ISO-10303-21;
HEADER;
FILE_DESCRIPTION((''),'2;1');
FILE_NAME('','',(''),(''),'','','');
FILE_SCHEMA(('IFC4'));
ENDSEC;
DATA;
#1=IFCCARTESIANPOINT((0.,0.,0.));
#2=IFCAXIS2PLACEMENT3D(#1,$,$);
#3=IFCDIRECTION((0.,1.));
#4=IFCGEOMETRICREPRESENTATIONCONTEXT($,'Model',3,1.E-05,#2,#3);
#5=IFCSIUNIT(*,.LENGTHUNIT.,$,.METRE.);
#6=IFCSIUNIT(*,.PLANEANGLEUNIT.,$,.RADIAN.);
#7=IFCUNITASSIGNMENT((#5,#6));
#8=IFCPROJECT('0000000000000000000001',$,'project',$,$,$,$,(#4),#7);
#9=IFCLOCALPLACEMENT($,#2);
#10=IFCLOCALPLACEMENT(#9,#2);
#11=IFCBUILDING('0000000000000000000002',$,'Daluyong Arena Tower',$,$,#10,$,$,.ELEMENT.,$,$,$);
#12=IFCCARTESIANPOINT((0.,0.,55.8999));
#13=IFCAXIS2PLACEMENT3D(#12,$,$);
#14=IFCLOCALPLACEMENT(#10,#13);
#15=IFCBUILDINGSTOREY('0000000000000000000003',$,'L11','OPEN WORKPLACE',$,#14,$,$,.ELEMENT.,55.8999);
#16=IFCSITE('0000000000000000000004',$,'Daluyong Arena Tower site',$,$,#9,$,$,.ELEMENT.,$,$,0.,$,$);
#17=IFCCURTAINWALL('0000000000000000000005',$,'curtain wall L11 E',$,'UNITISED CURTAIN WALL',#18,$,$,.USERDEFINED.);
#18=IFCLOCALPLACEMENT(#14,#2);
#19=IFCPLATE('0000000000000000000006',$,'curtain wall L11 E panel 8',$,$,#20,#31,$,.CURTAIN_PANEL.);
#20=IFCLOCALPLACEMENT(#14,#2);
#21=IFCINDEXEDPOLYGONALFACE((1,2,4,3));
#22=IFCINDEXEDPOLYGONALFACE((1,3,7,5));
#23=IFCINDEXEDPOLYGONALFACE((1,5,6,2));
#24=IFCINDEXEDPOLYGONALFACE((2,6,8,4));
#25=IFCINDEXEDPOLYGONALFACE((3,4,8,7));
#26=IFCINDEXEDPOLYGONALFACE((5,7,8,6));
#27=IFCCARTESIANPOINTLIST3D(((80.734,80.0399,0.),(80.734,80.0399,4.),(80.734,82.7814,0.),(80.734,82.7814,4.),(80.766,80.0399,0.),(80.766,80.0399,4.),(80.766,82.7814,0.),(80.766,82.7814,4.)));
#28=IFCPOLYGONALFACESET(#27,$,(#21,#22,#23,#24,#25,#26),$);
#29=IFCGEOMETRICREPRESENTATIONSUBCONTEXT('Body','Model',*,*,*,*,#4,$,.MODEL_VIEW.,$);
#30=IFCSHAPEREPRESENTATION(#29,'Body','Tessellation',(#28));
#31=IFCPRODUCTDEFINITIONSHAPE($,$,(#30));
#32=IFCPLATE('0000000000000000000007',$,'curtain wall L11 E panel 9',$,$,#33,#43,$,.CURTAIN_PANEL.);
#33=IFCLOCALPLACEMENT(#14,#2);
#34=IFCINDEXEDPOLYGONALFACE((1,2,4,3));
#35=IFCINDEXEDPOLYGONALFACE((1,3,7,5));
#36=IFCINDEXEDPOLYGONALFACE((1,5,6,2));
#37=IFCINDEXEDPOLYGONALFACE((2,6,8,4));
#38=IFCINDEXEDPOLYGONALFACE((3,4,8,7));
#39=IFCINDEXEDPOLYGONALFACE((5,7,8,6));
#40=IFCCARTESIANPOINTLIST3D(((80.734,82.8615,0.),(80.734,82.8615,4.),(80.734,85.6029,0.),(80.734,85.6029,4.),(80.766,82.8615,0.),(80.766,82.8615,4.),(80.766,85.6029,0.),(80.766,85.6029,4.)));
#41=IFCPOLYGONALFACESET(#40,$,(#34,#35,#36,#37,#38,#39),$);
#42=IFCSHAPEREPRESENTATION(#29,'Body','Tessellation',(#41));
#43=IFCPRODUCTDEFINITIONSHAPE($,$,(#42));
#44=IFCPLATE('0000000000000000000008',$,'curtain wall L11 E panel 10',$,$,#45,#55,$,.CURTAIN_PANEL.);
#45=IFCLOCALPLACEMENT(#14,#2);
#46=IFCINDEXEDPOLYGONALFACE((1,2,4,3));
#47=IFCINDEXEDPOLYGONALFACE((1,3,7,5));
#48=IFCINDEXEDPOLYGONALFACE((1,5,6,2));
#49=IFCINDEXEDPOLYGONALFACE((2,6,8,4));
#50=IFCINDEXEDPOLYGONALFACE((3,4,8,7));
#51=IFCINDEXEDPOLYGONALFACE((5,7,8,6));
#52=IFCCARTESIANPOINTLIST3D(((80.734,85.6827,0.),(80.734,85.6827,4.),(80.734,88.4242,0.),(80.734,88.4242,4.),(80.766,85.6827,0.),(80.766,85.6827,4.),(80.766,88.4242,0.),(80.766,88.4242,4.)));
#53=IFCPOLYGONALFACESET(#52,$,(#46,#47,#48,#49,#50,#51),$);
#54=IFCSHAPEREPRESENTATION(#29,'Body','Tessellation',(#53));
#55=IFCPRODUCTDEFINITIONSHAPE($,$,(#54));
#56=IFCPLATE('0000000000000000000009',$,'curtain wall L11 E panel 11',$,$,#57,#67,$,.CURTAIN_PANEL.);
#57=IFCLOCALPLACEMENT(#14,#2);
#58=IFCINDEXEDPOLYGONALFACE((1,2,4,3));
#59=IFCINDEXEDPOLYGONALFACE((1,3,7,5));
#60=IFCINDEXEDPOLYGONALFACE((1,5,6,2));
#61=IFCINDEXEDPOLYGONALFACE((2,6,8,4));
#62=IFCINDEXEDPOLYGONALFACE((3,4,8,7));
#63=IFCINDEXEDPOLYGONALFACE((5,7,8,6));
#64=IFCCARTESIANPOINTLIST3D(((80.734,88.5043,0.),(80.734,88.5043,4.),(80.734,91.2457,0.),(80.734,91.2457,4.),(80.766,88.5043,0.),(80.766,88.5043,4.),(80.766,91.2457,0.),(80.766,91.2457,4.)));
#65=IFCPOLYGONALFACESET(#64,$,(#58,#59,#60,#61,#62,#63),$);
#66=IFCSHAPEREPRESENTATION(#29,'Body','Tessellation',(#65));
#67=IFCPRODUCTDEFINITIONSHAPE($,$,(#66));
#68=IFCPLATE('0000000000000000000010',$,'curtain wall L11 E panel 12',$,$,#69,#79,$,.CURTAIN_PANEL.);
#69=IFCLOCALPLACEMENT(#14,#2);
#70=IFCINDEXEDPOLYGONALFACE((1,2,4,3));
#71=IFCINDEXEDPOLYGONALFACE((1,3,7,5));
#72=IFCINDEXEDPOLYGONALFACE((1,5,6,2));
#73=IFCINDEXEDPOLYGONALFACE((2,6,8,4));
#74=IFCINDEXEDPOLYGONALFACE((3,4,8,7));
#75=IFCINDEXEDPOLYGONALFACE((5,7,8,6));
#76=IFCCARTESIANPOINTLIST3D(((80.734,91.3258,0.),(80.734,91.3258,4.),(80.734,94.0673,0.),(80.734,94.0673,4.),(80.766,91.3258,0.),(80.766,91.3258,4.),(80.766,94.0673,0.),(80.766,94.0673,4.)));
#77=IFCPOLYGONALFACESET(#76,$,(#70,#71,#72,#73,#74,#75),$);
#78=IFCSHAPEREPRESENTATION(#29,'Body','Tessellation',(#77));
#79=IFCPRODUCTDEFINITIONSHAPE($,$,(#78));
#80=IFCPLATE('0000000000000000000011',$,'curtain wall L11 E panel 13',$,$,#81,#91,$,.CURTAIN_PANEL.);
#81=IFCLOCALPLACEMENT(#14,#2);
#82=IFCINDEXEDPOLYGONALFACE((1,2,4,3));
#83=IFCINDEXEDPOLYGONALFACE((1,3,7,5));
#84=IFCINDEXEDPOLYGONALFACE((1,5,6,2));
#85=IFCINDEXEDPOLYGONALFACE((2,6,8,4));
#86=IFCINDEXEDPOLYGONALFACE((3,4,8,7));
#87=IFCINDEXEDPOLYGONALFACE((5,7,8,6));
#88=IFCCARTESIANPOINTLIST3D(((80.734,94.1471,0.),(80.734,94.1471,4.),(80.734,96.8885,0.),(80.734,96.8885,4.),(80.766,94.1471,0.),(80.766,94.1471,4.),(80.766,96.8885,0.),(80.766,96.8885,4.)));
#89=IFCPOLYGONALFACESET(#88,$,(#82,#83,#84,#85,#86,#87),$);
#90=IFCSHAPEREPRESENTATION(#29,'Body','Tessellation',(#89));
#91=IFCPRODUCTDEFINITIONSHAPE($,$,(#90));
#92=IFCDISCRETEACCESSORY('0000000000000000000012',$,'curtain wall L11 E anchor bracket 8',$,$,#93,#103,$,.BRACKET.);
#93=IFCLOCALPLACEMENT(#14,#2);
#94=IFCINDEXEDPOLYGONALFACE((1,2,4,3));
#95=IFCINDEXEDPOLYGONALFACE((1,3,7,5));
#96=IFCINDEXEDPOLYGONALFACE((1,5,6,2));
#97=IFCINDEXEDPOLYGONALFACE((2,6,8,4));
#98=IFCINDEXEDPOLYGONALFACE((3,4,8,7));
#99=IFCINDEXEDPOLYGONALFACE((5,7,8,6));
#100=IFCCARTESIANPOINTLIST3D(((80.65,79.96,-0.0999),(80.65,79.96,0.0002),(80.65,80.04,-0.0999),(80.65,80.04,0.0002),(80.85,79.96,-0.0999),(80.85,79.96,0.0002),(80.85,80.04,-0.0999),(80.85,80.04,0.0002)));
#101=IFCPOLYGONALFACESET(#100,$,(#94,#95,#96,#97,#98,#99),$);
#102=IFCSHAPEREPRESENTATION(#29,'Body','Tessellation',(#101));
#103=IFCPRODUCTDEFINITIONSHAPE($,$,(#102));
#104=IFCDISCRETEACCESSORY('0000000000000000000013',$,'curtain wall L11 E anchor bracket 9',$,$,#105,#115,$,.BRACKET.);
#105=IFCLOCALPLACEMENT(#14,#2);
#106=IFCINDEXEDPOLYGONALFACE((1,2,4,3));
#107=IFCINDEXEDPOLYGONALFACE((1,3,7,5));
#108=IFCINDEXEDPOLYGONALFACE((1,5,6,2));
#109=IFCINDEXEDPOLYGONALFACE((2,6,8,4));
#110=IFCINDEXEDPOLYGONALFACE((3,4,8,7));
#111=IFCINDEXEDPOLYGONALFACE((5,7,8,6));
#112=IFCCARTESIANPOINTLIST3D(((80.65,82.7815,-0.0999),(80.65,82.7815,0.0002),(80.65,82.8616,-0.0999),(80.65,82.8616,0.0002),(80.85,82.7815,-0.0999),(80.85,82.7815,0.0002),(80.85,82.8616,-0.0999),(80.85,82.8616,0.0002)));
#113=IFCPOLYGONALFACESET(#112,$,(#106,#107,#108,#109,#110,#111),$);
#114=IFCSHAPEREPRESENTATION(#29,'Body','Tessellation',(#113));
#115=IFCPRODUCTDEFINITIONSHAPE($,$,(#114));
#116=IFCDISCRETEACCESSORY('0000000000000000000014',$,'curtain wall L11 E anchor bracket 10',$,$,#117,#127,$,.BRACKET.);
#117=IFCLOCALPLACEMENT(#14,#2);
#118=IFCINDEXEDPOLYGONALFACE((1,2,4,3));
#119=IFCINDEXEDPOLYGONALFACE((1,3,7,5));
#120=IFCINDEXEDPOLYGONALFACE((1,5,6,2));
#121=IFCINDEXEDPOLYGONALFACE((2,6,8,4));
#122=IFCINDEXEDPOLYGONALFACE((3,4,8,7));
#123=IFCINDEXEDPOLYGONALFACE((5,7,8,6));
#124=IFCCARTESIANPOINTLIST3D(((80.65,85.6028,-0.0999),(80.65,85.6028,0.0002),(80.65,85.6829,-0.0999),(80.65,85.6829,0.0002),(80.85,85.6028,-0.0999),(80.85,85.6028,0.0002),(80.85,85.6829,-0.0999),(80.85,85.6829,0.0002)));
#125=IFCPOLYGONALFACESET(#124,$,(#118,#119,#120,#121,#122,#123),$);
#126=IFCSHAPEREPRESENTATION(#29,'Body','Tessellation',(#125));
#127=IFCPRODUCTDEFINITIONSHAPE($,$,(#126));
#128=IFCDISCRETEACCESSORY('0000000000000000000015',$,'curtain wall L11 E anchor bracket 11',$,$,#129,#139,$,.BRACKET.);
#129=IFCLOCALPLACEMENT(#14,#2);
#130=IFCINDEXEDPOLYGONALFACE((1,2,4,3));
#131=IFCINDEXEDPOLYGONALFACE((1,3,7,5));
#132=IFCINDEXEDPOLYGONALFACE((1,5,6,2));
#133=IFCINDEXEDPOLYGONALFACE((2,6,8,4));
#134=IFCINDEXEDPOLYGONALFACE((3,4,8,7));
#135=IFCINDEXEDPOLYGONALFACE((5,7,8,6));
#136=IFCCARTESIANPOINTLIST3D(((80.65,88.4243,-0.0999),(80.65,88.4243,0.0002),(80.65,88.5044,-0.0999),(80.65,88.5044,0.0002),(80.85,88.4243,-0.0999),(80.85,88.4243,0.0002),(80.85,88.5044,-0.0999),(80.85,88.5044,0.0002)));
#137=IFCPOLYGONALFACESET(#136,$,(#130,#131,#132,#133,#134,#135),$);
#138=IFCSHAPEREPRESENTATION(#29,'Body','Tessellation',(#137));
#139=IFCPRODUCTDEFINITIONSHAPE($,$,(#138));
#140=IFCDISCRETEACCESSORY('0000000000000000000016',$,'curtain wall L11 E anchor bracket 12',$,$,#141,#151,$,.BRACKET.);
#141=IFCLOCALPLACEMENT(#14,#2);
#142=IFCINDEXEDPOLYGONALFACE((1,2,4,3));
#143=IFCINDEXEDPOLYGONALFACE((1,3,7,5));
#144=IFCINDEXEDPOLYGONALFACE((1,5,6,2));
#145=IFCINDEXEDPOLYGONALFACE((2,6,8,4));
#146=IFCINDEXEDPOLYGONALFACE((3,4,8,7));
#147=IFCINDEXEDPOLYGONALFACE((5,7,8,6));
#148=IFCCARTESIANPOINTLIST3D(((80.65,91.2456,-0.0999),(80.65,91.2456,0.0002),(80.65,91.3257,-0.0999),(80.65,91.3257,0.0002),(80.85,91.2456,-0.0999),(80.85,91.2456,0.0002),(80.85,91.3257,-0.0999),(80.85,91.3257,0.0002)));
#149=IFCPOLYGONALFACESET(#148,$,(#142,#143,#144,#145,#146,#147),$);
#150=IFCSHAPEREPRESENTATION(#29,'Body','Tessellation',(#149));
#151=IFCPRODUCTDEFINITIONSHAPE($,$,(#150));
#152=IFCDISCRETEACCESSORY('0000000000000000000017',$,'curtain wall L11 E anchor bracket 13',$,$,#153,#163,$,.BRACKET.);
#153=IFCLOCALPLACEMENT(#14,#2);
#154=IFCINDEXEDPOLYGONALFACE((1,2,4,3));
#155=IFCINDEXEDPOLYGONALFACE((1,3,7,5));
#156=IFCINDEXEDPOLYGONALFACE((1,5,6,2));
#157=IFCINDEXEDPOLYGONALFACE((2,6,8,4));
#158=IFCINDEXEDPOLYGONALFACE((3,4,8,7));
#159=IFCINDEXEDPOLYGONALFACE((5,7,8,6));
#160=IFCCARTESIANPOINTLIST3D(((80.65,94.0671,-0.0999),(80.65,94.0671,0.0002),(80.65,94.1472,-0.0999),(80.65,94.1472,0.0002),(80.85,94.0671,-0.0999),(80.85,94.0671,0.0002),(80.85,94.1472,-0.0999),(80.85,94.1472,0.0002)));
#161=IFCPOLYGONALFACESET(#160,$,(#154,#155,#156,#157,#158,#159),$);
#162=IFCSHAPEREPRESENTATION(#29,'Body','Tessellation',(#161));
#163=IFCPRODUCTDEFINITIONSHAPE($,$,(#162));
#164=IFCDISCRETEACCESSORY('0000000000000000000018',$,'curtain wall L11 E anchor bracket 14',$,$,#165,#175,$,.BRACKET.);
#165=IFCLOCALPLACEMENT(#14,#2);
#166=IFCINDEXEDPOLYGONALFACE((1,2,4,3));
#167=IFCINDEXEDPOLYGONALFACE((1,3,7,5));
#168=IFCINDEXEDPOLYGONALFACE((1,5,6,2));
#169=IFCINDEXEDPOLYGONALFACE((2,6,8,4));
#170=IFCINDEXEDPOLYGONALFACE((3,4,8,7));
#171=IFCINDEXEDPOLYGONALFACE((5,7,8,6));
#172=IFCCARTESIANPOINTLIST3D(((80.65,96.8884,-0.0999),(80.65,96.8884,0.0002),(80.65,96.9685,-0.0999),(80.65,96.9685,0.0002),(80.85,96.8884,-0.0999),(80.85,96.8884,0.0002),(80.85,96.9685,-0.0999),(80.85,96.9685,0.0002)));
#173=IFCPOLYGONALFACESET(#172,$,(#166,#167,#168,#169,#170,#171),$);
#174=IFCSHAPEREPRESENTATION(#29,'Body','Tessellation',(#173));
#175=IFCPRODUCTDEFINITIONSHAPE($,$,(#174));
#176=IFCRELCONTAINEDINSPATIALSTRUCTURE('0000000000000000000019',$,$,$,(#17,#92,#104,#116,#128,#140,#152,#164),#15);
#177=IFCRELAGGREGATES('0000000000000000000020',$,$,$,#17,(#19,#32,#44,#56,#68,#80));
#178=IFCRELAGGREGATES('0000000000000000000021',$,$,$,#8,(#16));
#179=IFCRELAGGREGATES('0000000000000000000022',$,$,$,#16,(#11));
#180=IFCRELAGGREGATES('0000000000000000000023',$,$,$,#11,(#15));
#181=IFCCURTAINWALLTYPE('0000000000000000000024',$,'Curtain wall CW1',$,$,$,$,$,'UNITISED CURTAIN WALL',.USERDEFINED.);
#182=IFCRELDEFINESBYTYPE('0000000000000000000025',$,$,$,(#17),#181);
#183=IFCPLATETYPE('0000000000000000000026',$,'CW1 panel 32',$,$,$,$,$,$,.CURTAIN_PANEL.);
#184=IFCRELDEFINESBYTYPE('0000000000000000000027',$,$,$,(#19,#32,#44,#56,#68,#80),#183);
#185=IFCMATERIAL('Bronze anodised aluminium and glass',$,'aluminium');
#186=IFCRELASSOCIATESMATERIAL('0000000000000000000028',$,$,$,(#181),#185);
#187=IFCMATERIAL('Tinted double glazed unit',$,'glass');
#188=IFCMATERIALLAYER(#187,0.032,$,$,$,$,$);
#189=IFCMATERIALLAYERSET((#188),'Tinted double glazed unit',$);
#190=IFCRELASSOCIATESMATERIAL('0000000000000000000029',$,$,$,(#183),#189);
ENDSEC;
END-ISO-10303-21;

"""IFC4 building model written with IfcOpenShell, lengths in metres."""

from ifc_helpers import new_model, si_unit, direction, frame, origin, origin_2d, place, context, subcontext, project, spatial, rectangle, extrude, material, layer, layer_set, type_object, element, aggregate, save


model = new_model("IFC4")

# Units and contexts
model_context = context("Model", 3, precision=1e-05, world=origin(), true_north=direction((0.0, 1.0)))
body_context = subcontext(model_context, "Body", "Model", "MODEL_VIEW")
ifc_project = project(units=[si_unit("LENGTHUNIT", "METRE"), si_unit("PLANEANGLEUNIT", "RADIAN")], contexts=[model_context])

# Site, building, storey
site_placement = place(None, origin())
site = spatial("IfcSite", under=ifc_project, at=site_placement, Name="Daluyong Arena Tower site", CompositionType="ELEMENT", RefElevation=0.0)
building_placement = place(site_placement, origin())
building = spatial("IfcBuilding", under=site, at=building_placement, Name="Daluyong Arena Tower", CompositionType="ELEMENT")
storey_placement = place(building_placement, frame((0.0, 0.0, 55.8999)))
storey = spatial("IfcBuildingStorey", under=building, at=storey_placement, Name="L11", Description="OPEN WORKPLACE", CompositionType="ELEMENT", Elevation=55.8999)

# Curtain wall
ifc_material_1 = material(Name="Bronze anodised aluminium and glass", Category="aluminium")
curtain_wall_type = type_object("IfcCurtainWallType", Name="Curtain wall CW1", ElementType="UNITISED CURTAIN WALL", PredefinedType="USERDEFINED", material=ifc_material_1)
curtain_wall_placement = place(storey_placement, origin())
curtain_wall = element("IfcCurtainWall", 1, at=curtain_wall_placement, inside=storey, type_object=curtain_wall_type, Name="curtain wall L11 E", ObjectType="UNITISED CURTAIN WALL", PredefinedType="USERDEFINED")

# Plates
ifc_material_2 = material(Name="Tinted double glazed unit", Category="glass")
ifc_layer = layer(ifc_material_2, 0.032)
ifc_layer_set = layer_set([ifc_layer], Name="Tinted double glazed unit")
plate_type = type_object("IfcPlateType", Name="CW1 panel 32", PredefinedType="CURTAIN_PANEL", material=ifc_layer_set)
plate_1_placement = place(storey_placement, frame((80.75, 81.4106, 0.0), z_axis=(0.0, 0.0, 1.0), x_axis=(0.0, 1.0, 0.0)))
plate_1 = element("IfcPlate", 2, at=plate_1_placement, type_object=plate_type, Name="curtain wall L11 E panel 8", PredefinedType="CURTAIN_PANEL", context=body_context, shape_type="SweptSolid", body=[
    extrude(rectangle(XDim=2.7415, YDim=0.032, at=origin_2d()), origin(), (0.0, 0.0, 1.0), 4.0),
])
plate_2_placement = place(storey_placement, frame((80.75, 84.2322, 0.0), z_axis=(0.0, 0.0, 1.0), x_axis=(0.0, 1.0, 0.0)))
plate_2 = element("IfcPlate", 3, at=plate_2_placement, type_object=plate_type, Name="curtain wall L11 E panel 9", PredefinedType="CURTAIN_PANEL", context=body_context, shape_type="SweptSolid", body=[
    extrude(rectangle(XDim=2.7415, YDim=0.032, at=origin_2d()), origin(), (0.0, 0.0, 1.0), 4.0),
])
plate_3_placement = place(storey_placement, frame((80.75, 87.0535, 0.0), z_axis=(0.0, 0.0, 1.0), x_axis=(0.0, 1.0, 0.0)))
plate_3 = element("IfcPlate", 4, at=plate_3_placement, type_object=plate_type, Name="curtain wall L11 E panel 10", PredefinedType="CURTAIN_PANEL", context=body_context, shape_type="SweptSolid", body=[
    extrude(rectangle(XDim=2.7415, YDim=0.032, at=origin_2d()), origin(), (0.0, 0.0, 1.0), 4.0),
])
plate_4_placement = place(storey_placement, frame((80.75, 89.875, 0.0), z_axis=(0.0, 0.0, 1.0), x_axis=(0.0, 1.0, 0.0)))
plate_4 = element("IfcPlate", 5, at=plate_4_placement, type_object=plate_type, Name="curtain wall L11 E panel 11", PredefinedType="CURTAIN_PANEL", context=body_context, shape_type="SweptSolid", body=[
    extrude(rectangle(XDim=2.7415, YDim=0.032, at=origin_2d()), origin(), (0.0, 0.0, 1.0), 4.0),
])
plate_5_placement = place(storey_placement, frame((80.75, 92.6965, 0.0), z_axis=(0.0, 0.0, 1.0), x_axis=(0.0, 1.0, 0.0)))
plate_5 = element("IfcPlate", 6, at=plate_5_placement, type_object=plate_type, Name="curtain wall L11 E panel 12", PredefinedType="CURTAIN_PANEL", context=body_context, shape_type="SweptSolid", body=[
    extrude(rectangle(XDim=2.7415, YDim=0.032, at=origin_2d()), origin(), (0.0, 0.0, 1.0), 4.0),
])
plate_6_placement = place(storey_placement, frame((80.75, 95.5178, 0.0), z_axis=(0.0, 0.0, 1.0), x_axis=(0.0, 1.0, 0.0)))
plate_6 = element("IfcPlate", 7, at=plate_6_placement, type_object=plate_type, Name="curtain wall L11 E panel 13", PredefinedType="CURTAIN_PANEL", context=body_context, shape_type="SweptSolid", body=[
    extrude(rectangle(XDim=2.7415, YDim=0.032, at=origin_2d()), origin(), (0.0, 0.0, 1.0), 4.0),
])
aggregate(curtain_wall, [plate_1, plate_2, plate_3, plate_4, plate_5, plate_6])

# Discrete accessories
for number, where, z_axis, x_axis, name in (
    (8, (80.75, 80.0, -0.0999), (0.0, 0.0, 1.0), (0.0, 1.0, 0.0), "curtain wall L11 E anchor bracket 8"),
    (9, (80.75, 82.8215, -0.0999), (0.0, 0.0, 1.0), (0.0, 1.0, 0.0), "curtain wall L11 E anchor bracket 9"),
    (10, (80.75, 85.6428, -0.0999), (0.0, 0.0, 1.0), (0.0, 1.0, 0.0), "curtain wall L11 E anchor bracket 10"),
    (11, (80.75, 88.4644, -0.0999), (0.0, 0.0, 1.0), (0.0, 1.0, 0.0), "curtain wall L11 E anchor bracket 11"),
    (12, (80.75, 91.2856, -0.0999), (0.0, 0.0, 1.0), (0.0, 1.0, 0.0), "curtain wall L11 E anchor bracket 12"),
    (13, (80.75, 94.1072, -0.0999), (0.0, 0.0, 1.0), (0.0, 1.0, 0.0), "curtain wall L11 E anchor bracket 13"),
    (14, (80.75, 96.9285, -0.0999), (0.0, 0.0, 1.0), (0.0, 1.0, 0.0), "curtain wall L11 E anchor bracket 14"),
):
    element("IfcDiscreteAccessory", number, at=place(storey_placement, frame(where, z_axis=z_axis, x_axis=x_axis)), inside=storey, Name=name, PredefinedType="BRACKET", context=body_context, shape_type="SweptSolid", body=[
        extrude(rectangle(XDim=0.0801, YDim=0.2, at=origin_2d()), origin(), (0.0, 0.0, 1.0), 0.1001),
    ])

save(model, "model.ifc")
